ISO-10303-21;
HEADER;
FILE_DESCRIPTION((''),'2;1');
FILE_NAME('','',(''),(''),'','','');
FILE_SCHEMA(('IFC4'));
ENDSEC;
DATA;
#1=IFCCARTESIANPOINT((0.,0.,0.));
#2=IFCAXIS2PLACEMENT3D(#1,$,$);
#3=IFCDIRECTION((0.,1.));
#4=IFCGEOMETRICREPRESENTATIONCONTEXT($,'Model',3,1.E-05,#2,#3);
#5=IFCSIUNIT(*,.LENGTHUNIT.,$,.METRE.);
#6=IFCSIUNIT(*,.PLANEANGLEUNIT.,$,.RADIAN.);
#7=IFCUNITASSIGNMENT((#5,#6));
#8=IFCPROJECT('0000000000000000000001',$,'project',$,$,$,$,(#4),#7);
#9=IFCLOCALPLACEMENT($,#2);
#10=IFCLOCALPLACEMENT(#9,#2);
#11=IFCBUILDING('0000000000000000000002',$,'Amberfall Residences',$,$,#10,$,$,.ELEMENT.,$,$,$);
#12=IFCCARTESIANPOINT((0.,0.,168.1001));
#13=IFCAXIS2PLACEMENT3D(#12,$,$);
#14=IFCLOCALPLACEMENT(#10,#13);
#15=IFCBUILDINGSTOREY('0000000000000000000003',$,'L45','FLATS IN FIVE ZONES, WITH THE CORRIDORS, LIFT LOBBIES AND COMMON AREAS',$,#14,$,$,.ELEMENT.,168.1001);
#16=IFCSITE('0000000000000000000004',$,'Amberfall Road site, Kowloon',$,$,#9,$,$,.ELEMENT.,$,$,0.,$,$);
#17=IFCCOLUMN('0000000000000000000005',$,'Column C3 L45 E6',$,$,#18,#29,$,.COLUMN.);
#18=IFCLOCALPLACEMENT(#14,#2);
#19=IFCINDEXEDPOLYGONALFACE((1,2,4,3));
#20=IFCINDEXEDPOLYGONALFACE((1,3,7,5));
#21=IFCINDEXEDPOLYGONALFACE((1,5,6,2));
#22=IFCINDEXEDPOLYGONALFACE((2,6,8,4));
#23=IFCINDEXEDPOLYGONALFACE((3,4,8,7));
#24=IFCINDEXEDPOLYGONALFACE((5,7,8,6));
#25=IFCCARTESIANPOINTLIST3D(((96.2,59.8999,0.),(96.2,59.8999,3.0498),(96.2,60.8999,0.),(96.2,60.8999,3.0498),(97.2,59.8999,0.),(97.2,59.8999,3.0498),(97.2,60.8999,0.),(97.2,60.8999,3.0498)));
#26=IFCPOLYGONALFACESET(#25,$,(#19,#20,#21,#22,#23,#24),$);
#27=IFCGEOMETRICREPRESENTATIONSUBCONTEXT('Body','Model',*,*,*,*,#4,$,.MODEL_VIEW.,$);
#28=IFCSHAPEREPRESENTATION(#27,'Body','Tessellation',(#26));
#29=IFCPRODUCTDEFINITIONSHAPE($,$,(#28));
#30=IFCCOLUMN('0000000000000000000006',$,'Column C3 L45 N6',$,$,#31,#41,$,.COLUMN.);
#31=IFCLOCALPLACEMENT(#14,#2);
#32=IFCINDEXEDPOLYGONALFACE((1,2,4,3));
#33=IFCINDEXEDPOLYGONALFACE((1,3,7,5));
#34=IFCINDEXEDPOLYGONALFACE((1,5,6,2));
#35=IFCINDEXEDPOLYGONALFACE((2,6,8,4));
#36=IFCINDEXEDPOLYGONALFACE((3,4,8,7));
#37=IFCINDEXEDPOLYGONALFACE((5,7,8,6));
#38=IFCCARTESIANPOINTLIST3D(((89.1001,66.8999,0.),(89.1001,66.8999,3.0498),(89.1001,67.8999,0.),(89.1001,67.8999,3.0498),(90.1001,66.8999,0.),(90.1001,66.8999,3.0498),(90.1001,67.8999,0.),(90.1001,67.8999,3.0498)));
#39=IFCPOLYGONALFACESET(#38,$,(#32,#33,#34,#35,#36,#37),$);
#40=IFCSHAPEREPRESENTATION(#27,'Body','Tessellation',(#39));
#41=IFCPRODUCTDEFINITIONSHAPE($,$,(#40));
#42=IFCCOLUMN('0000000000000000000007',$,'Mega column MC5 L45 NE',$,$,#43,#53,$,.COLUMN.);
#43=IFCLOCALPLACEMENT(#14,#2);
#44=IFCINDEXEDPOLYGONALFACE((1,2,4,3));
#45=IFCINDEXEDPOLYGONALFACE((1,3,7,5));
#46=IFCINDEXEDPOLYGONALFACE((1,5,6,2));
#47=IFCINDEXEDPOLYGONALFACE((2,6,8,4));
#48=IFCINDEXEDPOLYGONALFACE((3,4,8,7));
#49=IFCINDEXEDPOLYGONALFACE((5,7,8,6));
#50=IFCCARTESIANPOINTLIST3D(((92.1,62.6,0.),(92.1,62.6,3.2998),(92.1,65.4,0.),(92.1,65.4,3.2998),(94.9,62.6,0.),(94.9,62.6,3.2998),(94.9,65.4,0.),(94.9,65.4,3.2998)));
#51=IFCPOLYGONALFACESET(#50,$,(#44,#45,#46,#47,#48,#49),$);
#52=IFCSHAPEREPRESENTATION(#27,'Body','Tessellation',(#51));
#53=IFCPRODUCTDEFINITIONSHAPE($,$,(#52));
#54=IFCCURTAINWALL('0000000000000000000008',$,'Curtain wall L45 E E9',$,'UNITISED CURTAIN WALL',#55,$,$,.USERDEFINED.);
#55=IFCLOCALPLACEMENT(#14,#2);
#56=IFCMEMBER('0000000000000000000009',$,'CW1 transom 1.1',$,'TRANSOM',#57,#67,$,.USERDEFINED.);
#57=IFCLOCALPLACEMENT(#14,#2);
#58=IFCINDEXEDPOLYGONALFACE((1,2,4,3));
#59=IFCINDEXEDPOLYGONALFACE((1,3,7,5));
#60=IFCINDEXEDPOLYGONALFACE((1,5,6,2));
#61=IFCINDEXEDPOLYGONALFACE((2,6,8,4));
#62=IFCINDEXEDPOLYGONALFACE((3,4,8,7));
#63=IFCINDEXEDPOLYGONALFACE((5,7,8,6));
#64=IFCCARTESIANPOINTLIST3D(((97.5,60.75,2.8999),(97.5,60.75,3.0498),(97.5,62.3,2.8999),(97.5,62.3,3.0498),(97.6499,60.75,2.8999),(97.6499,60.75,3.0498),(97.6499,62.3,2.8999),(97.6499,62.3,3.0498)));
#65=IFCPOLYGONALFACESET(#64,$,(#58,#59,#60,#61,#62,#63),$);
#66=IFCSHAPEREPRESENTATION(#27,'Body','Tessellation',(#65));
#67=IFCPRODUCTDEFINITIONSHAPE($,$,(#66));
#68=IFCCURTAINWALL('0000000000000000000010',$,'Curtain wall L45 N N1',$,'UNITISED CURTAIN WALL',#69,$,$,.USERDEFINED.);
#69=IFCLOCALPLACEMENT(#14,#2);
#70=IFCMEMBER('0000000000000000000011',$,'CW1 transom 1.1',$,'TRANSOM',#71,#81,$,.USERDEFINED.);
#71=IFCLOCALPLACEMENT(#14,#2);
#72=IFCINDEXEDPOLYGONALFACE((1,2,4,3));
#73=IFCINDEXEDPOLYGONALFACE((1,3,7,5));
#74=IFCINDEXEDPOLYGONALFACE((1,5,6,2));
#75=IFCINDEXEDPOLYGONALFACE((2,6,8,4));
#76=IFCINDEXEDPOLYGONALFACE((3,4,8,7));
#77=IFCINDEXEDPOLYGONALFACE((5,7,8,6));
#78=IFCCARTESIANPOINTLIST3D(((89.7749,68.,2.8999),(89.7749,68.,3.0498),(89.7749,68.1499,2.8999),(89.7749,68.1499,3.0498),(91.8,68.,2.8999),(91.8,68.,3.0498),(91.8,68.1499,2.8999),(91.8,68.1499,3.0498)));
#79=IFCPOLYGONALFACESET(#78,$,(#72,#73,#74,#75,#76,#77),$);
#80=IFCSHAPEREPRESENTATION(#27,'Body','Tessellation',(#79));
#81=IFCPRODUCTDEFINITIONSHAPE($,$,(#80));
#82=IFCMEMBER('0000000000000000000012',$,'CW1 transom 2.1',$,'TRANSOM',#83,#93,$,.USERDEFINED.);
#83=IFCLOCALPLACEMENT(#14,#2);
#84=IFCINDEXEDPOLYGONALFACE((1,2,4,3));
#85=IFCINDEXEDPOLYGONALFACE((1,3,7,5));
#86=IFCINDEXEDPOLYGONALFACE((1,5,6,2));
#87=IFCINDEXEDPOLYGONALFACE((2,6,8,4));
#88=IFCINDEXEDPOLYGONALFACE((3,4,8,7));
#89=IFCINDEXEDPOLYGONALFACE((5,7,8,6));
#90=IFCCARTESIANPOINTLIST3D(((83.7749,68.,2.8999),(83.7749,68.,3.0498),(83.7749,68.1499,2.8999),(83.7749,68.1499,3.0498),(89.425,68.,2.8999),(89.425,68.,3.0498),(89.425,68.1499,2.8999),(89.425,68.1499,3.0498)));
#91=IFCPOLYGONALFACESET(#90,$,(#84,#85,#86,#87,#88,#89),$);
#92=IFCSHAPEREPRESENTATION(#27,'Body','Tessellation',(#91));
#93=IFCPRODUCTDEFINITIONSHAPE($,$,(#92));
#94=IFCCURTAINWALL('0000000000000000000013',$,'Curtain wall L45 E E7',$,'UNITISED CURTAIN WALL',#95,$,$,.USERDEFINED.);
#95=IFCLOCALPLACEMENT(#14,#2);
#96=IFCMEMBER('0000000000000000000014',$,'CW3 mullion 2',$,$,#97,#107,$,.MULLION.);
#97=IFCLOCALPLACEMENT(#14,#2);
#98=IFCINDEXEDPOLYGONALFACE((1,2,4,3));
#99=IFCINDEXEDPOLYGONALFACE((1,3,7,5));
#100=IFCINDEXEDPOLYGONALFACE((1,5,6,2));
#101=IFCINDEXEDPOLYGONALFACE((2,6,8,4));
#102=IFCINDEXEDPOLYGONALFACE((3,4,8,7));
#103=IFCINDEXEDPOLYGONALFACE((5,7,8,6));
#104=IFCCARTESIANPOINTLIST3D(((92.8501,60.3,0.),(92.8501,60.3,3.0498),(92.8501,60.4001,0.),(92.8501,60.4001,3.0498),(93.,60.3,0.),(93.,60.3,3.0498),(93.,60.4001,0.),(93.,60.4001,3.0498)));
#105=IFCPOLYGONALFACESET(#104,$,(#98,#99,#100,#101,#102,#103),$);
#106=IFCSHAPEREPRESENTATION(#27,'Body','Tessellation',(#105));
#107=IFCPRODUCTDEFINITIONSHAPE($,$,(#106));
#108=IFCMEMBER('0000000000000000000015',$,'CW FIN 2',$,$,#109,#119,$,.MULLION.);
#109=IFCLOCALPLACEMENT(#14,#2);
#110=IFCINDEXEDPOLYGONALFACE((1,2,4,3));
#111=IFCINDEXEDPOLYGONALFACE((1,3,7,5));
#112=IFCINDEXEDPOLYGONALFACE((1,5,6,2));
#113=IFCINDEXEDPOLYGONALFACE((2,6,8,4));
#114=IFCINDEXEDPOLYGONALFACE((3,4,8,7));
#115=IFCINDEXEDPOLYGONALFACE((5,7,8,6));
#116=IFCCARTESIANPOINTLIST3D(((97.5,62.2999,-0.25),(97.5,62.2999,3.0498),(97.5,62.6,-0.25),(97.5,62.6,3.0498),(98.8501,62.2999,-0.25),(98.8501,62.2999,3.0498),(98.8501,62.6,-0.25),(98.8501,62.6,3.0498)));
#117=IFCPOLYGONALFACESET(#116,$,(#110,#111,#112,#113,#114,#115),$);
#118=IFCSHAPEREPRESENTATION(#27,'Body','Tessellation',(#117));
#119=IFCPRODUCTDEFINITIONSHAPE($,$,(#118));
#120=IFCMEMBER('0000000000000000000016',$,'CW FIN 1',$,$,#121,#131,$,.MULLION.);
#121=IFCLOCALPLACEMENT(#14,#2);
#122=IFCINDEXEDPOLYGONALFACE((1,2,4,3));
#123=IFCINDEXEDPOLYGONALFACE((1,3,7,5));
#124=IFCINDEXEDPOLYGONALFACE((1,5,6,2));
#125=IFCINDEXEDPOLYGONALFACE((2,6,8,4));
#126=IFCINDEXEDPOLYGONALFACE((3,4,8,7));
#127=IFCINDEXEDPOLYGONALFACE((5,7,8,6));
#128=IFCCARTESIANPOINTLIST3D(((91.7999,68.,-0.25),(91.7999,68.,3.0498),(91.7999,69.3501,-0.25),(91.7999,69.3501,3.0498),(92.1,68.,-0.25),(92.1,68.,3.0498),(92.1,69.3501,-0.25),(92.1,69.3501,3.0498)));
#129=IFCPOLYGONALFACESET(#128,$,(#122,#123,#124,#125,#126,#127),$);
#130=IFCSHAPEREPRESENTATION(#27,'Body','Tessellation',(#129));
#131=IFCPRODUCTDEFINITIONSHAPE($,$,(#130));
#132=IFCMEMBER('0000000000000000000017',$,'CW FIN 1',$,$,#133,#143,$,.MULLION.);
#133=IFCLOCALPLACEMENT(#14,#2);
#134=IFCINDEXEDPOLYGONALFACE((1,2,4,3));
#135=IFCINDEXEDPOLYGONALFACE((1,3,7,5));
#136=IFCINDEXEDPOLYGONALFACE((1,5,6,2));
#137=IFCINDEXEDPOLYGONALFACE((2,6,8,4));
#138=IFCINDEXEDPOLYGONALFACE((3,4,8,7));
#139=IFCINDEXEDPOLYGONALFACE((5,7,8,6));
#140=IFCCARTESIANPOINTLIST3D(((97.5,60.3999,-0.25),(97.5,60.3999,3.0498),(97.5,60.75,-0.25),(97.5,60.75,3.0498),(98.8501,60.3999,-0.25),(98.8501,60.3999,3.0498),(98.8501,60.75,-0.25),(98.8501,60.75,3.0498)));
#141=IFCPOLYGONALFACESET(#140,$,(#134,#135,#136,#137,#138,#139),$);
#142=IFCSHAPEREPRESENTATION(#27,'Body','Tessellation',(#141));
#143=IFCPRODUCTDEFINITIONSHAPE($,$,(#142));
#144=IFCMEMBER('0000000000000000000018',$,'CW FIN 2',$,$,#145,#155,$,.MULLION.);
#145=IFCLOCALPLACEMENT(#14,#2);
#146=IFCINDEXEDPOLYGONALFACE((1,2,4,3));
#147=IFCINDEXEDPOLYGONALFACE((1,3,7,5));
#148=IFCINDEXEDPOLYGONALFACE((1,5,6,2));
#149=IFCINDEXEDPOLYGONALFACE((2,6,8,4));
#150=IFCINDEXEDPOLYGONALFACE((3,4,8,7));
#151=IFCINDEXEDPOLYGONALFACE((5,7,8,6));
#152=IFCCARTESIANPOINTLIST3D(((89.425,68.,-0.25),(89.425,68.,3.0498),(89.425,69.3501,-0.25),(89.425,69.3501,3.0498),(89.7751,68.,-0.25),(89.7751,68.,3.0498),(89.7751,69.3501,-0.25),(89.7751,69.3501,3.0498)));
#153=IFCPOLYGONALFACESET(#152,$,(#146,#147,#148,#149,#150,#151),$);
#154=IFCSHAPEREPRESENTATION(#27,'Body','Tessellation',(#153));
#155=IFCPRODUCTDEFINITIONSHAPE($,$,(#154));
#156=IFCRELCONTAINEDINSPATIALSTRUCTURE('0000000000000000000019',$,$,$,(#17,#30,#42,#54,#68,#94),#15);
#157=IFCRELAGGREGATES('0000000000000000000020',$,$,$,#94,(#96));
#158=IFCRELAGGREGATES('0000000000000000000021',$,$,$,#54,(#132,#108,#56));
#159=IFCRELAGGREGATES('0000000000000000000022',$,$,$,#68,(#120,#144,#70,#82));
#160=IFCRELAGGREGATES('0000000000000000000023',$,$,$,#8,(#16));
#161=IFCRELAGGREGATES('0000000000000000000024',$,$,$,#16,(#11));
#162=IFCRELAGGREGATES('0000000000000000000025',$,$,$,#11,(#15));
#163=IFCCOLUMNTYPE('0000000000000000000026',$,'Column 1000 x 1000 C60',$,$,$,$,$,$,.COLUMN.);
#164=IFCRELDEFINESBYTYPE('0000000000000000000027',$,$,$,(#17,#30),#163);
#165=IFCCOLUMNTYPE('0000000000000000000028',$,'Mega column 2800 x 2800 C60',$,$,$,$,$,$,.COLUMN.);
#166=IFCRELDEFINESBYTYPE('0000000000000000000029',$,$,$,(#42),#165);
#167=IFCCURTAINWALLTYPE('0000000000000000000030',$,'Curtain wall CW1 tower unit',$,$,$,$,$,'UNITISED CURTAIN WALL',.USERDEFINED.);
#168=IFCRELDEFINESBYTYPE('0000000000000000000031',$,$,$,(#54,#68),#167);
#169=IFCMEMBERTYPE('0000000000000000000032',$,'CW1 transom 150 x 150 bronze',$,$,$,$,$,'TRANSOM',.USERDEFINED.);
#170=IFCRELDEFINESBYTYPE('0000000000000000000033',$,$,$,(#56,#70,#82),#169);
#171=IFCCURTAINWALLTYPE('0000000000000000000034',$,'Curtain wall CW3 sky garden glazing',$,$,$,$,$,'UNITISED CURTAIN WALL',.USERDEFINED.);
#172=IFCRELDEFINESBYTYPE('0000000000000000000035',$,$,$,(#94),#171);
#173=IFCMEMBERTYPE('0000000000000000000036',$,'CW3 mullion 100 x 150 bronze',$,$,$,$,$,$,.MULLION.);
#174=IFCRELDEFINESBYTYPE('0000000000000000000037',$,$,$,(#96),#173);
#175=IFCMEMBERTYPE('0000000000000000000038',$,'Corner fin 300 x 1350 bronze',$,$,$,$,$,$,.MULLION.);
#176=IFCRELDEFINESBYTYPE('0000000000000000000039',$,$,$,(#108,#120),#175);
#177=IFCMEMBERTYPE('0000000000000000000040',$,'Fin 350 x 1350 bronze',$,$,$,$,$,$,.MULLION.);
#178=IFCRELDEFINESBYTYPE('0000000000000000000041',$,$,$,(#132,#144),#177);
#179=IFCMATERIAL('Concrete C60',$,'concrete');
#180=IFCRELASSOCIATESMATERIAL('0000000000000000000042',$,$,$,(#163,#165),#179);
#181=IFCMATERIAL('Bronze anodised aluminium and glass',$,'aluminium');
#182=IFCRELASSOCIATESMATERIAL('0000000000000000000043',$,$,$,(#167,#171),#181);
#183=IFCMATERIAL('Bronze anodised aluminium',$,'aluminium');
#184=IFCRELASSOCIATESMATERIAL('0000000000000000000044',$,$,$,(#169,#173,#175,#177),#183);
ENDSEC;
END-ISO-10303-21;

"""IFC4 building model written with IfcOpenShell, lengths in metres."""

from ifc_helpers import new_model, si_unit, direction, frame, origin, origin_2d, place, context, subcontext, project, spatial, rectangle, extrude, material, material_profile, profile_set, type_object, element, aggregate, save


model = new_model("IFC4")

# Units and contexts
model_context = context("Model", 3, precision=1e-05, world=origin(), true_north=direction((0.0, 1.0)))
body_context = subcontext(model_context, "Body", "Model", "MODEL_VIEW")
ifc_project = project(units=[si_unit("LENGTHUNIT", "METRE"), si_unit("PLANEANGLEUNIT", "RADIAN")], contexts=[model_context])

# Site, building, storey
site_placement = place(None, origin())
site = spatial("IfcSite", under=ifc_project, at=site_placement, Name="Amberfall Road site, Kowloon", CompositionType="ELEMENT", RefElevation=0.0)
building_placement = place(site_placement, origin())
building = spatial("IfcBuilding", under=site, at=building_placement, Name="Amberfall Residences", CompositionType="ELEMENT")
storey_placement = place(building_placement, frame((0.0, 0.0, 168.1001)))
storey = spatial("IfcBuildingStorey", under=building, at=storey_placement, Name="L45", Description="FLATS IN FIVE ZONES, WITH THE CORRIDORS, LIFT LOBBIES AND COMMON AREAS", CompositionType="ELEMENT", Elevation=168.1001)

# Columns
ifc_material_1 = material(Name="Concrete C60", Category="concrete")
ifc_material_profile_1 = material_profile(ifc_material_1, rectangle(XDim=1.0, YDim=1.0, at=origin_2d()), Name="Column 1000 x 1000 C60")
ifc_profile_set_1 = profile_set([ifc_material_profile_1], Name="Concrete C60")
column_type_1 = type_object("IfcColumnType", Name="Column 1000 x 1000 C60", PredefinedType="COLUMN", material=ifc_profile_set_1)
for number, where, z_axis, x_axis, name in (
    (1, (96.7, 60.3999, 0.0), (0.0, 0.0, 1.0), (1.0, 0.0, 0.0), "Column C3 L45 E6"),
    (2, (89.6001, 67.3999, 0.0), (0.0, 0.0, 1.0), (1.0, 0.0, 0.0), "Column C3 L45 N6"),
):
    element("IfcColumn", number, at=place(storey_placement, frame(where, z_axis=z_axis, x_axis=x_axis)), inside=storey, type_object=column_type_1, Name=name, PredefinedType="COLUMN", context=body_context, shape_type="SweptSolid", body=[
        extrude(rectangle(XDim=1.0, YDim=1.0, at=origin_2d()), origin(), (0.0, 0.0, 1.0), 3.0498),
    ])
ifc_material_profile_2 = material_profile(ifc_material_1, rectangle(XDim=2.8, YDim=2.8, at=origin_2d()), Name="Mega column 2800 x 2800 C60")
ifc_profile_set_2 = profile_set([ifc_material_profile_2], Name="Concrete C60")
column_type_2 = type_object("IfcColumnType", Name="Mega column 2800 x 2800 C60", PredefinedType="COLUMN", material=ifc_profile_set_2)
column_placement = place(storey_placement, frame((93.5, 64.0, 0.0), z_axis=(0.0, 0.0, 1.0), x_axis=(1.0, 0.0, 0.0)))
element("IfcColumn", 3, at=column_placement, inside=storey, type_object=column_type_2, Name="Mega column MC5 L45 NE", PredefinedType="COLUMN", context=body_context, shape_type="SweptSolid", body=[
    extrude(rectangle(XDim=2.8, YDim=2.8, at=origin_2d()), origin(), (0.0, 0.0, 1.0), 3.2998),
])

# Curtain wall, member
ifc_material_2 = material(Name="Bronze anodised aluminium and glass", Category="aluminium")
curtain_wall_type_1 = type_object("IfcCurtainWallType", Name="Curtain wall CW1 tower unit", ElementType="UNITISED CURTAIN WALL", PredefinedType="USERDEFINED", material=ifc_material_2)
curtain_wall_1_placement = place(storey_placement, origin())
curtain_wall_1 = element("IfcCurtainWall", 4, at=curtain_wall_1_placement, inside=storey, type_object=curtain_wall_type_1, Name="Curtain wall L45 E E9", ObjectType="UNITISED CURTAIN WALL", PredefinedType="USERDEFINED")
ifc_material_3 = material(Name="Bronze anodised aluminium", Category="aluminium")
ifc_material_profile_3 = material_profile(ifc_material_3, rectangle(XDim=0.1499, YDim=0.1499, at=origin_2d()), Name="CW1 transom 150 x 150 bronze")
ifc_profile_set_3 = profile_set([ifc_material_profile_3], Name="Bronze anodised aluminium")
member_type_1 = type_object("IfcMemberType", Name="CW1 transom 150 x 150 bronze", ElementType="TRANSOM", PredefinedType="USERDEFINED", material=ifc_profile_set_3)
member_1_placement = place(storey_placement, frame((97.575, 60.75, 2.9749), z_axis=(0.0, 1.0, 0.0), x_axis=(-1.0, 0.0, 0.0)))
member_1 = element("IfcMember", 5, at=member_1_placement, type_object=member_type_1, Name="CW1 transom 1.1", ObjectType="TRANSOM", PredefinedType="USERDEFINED", context=body_context, shape_type="SweptSolid", body=[
    extrude(rectangle(XDim=0.1499, YDim=0.1499, at=origin_2d()), origin(), (0.0, 0.0, 1.0), 1.55),
])

# Curtain wall, members
curtain_wall_2_placement = place(storey_placement, origin())
curtain_wall_2 = element("IfcCurtainWall", 6, at=curtain_wall_2_placement, inside=storey, type_object=curtain_wall_type_1, Name="Curtain wall L45 N N1", ObjectType="UNITISED CURTAIN WALL", PredefinedType="USERDEFINED")
member_2_placement = place(storey_placement, frame((91.8, 68.075, 2.9749), z_axis=(-1.0, 0.0, 0.0), x_axis=(0.0, -1.0, 0.0)))
member_2 = element("IfcMember", 7, at=member_2_placement, type_object=member_type_1, Name="CW1 transom 1.1", ObjectType="TRANSOM", PredefinedType="USERDEFINED", context=body_context, shape_type="SweptSolid", body=[
    extrude(rectangle(XDim=0.1499, YDim=0.1499, at=origin_2d()), origin(), (0.0, 0.0, 1.0), 2.0251),
])
member_3_placement = place(storey_placement, frame((89.425, 68.075, 2.9749), z_axis=(-1.0, 0.0, 0.0), x_axis=(0.0, -1.0, 0.0)))
member_3 = element("IfcMember", 8, at=member_3_placement, type_object=member_type_1, Name="CW1 transom 2.1", ObjectType="TRANSOM", PredefinedType="USERDEFINED", context=body_context, shape_type="SweptSolid", body=[
    extrude(rectangle(XDim=0.1499, YDim=0.1499, at=origin_2d()), origin(), (0.0, 0.0, 1.0), 5.6501),
])

# Curtain wall, member
curtain_wall_type_2 = type_object("IfcCurtainWallType", Name="Curtain wall CW3 sky garden glazing", ElementType="UNITISED CURTAIN WALL", PredefinedType="USERDEFINED", material=ifc_material_2)
curtain_wall_3_placement = place(storey_placement, origin())
curtain_wall_3 = element("IfcCurtainWall", 9, at=curtain_wall_3_placement, inside=storey, type_object=curtain_wall_type_2, Name="Curtain wall L45 E E7", ObjectType="UNITISED CURTAIN WALL", PredefinedType="USERDEFINED")
ifc_material_profile_4 = material_profile(ifc_material_3, rectangle(XDim=0.1499, YDim=0.1001, at=origin_2d()), Name="CW3 mullion 100 x 150 bronze")
ifc_profile_set_4 = profile_set([ifc_material_profile_4], Name="Bronze anodised aluminium")
member_type_2 = type_object("IfcMemberType", Name="CW3 mullion 100 x 150 bronze", PredefinedType="MULLION", material=ifc_profile_set_4)
member_4_placement = place(storey_placement, frame((92.925, 60.3501, 0.0), z_axis=(0.0, 0.0, 1.0), x_axis=(-1.0, 0.0, 0.0)))
member_4 = element("IfcMember", 10, at=member_4_placement, type_object=member_type_2, Name="CW3 mullion 2", PredefinedType="MULLION", context=body_context, shape_type="SweptSolid", body=[
    extrude(rectangle(XDim=0.1499, YDim=0.1001, at=origin_2d()), origin(), (0.0, 0.0, 1.0), 3.0498),
])
aggregate(curtain_wall_3, [member_4])

# Members
ifc_material_profile_5 = material_profile(ifc_material_3, rectangle(XDim=1.3501, YDim=0.3, at=origin_2d()), Name="Corner fin 300 x 1350 bronze")
ifc_profile_set_5 = profile_set([ifc_material_profile_5], Name="Bronze anodised aluminium")
member_type_3 = type_object("IfcMemberType", Name="Corner fin 300 x 1350 bronze", PredefinedType="MULLION", material=ifc_profile_set_5)
member_5_placement = place(storey_placement, frame((98.175, 62.45, -0.25), z_axis=(0.0, 0.0, 1.0), x_axis=(-1.0, 0.0, 0.0)))
member_5 = element("IfcMember", 11, at=member_5_placement, type_object=member_type_3, Name="CW FIN 2", PredefinedType="MULLION", context=body_context, shape_type="SweptSolid", body=[
    extrude(rectangle(XDim=1.3501, YDim=0.3, at=origin_2d()), origin(), (0.0, 0.0, 1.0), 3.2998),
])
member_6_placement = place(storey_placement, frame((91.95, 68.675, -0.25), z_axis=(0.0, 0.0, 1.0), x_axis=(0.0, -1.0, 0.0)))
member_6 = element("IfcMember", 12, at=member_6_placement, type_object=member_type_3, Name="CW FIN 1", PredefinedType="MULLION", context=body_context, shape_type="SweptSolid", body=[
    extrude(rectangle(XDim=1.3501, YDim=0.3, at=origin_2d()), origin(), (0.0, 0.0, 1.0), 3.2998),
])
ifc_material_profile_6 = material_profile(ifc_material_3, rectangle(XDim=1.3501, YDim=0.3501, at=origin_2d()), Name="Fin 350 x 1350 bronze")
ifc_profile_set_6 = profile_set([ifc_material_profile_6], Name="Bronze anodised aluminium")
member_type_4 = type_object("IfcMemberType", Name="Fin 350 x 1350 bronze", PredefinedType="MULLION", material=ifc_profile_set_6)
member_7_placement = place(storey_placement, frame((98.175, 60.575, -0.25), z_axis=(0.0, 0.0, 1.0), x_axis=(-1.0, 0.0, 0.0)))
member_7 = element("IfcMember", 13, at=member_7_placement, type_object=member_type_4, Name="CW FIN 1", PredefinedType="MULLION", context=body_context, shape_type="SweptSolid", body=[
    extrude(rectangle(XDim=1.3501, YDim=0.3501, at=origin_2d()), origin(), (0.0, 0.0, 1.0), 3.2998),
])
member_8_placement = place(storey_placement, frame((89.6001, 68.675, -0.25), z_axis=(0.0, 0.0, 1.0), x_axis=(0.0, -1.0, 0.0)))
member_8 = element("IfcMember", 14, at=member_8_placement, type_object=member_type_4, Name="CW FIN 2", PredefinedType="MULLION", context=body_context, shape_type="SweptSolid", body=[
    extrude(rectangle(XDim=1.3501, YDim=0.3501, at=origin_2d()), origin(), (0.0, 0.0, 1.0), 3.2998),
])

aggregate(curtain_wall_1, [member_7, member_5, member_1])
aggregate(curtain_wall_2, [member_6, member_8, member_2, member_3])

save(model, "model.ifc")
